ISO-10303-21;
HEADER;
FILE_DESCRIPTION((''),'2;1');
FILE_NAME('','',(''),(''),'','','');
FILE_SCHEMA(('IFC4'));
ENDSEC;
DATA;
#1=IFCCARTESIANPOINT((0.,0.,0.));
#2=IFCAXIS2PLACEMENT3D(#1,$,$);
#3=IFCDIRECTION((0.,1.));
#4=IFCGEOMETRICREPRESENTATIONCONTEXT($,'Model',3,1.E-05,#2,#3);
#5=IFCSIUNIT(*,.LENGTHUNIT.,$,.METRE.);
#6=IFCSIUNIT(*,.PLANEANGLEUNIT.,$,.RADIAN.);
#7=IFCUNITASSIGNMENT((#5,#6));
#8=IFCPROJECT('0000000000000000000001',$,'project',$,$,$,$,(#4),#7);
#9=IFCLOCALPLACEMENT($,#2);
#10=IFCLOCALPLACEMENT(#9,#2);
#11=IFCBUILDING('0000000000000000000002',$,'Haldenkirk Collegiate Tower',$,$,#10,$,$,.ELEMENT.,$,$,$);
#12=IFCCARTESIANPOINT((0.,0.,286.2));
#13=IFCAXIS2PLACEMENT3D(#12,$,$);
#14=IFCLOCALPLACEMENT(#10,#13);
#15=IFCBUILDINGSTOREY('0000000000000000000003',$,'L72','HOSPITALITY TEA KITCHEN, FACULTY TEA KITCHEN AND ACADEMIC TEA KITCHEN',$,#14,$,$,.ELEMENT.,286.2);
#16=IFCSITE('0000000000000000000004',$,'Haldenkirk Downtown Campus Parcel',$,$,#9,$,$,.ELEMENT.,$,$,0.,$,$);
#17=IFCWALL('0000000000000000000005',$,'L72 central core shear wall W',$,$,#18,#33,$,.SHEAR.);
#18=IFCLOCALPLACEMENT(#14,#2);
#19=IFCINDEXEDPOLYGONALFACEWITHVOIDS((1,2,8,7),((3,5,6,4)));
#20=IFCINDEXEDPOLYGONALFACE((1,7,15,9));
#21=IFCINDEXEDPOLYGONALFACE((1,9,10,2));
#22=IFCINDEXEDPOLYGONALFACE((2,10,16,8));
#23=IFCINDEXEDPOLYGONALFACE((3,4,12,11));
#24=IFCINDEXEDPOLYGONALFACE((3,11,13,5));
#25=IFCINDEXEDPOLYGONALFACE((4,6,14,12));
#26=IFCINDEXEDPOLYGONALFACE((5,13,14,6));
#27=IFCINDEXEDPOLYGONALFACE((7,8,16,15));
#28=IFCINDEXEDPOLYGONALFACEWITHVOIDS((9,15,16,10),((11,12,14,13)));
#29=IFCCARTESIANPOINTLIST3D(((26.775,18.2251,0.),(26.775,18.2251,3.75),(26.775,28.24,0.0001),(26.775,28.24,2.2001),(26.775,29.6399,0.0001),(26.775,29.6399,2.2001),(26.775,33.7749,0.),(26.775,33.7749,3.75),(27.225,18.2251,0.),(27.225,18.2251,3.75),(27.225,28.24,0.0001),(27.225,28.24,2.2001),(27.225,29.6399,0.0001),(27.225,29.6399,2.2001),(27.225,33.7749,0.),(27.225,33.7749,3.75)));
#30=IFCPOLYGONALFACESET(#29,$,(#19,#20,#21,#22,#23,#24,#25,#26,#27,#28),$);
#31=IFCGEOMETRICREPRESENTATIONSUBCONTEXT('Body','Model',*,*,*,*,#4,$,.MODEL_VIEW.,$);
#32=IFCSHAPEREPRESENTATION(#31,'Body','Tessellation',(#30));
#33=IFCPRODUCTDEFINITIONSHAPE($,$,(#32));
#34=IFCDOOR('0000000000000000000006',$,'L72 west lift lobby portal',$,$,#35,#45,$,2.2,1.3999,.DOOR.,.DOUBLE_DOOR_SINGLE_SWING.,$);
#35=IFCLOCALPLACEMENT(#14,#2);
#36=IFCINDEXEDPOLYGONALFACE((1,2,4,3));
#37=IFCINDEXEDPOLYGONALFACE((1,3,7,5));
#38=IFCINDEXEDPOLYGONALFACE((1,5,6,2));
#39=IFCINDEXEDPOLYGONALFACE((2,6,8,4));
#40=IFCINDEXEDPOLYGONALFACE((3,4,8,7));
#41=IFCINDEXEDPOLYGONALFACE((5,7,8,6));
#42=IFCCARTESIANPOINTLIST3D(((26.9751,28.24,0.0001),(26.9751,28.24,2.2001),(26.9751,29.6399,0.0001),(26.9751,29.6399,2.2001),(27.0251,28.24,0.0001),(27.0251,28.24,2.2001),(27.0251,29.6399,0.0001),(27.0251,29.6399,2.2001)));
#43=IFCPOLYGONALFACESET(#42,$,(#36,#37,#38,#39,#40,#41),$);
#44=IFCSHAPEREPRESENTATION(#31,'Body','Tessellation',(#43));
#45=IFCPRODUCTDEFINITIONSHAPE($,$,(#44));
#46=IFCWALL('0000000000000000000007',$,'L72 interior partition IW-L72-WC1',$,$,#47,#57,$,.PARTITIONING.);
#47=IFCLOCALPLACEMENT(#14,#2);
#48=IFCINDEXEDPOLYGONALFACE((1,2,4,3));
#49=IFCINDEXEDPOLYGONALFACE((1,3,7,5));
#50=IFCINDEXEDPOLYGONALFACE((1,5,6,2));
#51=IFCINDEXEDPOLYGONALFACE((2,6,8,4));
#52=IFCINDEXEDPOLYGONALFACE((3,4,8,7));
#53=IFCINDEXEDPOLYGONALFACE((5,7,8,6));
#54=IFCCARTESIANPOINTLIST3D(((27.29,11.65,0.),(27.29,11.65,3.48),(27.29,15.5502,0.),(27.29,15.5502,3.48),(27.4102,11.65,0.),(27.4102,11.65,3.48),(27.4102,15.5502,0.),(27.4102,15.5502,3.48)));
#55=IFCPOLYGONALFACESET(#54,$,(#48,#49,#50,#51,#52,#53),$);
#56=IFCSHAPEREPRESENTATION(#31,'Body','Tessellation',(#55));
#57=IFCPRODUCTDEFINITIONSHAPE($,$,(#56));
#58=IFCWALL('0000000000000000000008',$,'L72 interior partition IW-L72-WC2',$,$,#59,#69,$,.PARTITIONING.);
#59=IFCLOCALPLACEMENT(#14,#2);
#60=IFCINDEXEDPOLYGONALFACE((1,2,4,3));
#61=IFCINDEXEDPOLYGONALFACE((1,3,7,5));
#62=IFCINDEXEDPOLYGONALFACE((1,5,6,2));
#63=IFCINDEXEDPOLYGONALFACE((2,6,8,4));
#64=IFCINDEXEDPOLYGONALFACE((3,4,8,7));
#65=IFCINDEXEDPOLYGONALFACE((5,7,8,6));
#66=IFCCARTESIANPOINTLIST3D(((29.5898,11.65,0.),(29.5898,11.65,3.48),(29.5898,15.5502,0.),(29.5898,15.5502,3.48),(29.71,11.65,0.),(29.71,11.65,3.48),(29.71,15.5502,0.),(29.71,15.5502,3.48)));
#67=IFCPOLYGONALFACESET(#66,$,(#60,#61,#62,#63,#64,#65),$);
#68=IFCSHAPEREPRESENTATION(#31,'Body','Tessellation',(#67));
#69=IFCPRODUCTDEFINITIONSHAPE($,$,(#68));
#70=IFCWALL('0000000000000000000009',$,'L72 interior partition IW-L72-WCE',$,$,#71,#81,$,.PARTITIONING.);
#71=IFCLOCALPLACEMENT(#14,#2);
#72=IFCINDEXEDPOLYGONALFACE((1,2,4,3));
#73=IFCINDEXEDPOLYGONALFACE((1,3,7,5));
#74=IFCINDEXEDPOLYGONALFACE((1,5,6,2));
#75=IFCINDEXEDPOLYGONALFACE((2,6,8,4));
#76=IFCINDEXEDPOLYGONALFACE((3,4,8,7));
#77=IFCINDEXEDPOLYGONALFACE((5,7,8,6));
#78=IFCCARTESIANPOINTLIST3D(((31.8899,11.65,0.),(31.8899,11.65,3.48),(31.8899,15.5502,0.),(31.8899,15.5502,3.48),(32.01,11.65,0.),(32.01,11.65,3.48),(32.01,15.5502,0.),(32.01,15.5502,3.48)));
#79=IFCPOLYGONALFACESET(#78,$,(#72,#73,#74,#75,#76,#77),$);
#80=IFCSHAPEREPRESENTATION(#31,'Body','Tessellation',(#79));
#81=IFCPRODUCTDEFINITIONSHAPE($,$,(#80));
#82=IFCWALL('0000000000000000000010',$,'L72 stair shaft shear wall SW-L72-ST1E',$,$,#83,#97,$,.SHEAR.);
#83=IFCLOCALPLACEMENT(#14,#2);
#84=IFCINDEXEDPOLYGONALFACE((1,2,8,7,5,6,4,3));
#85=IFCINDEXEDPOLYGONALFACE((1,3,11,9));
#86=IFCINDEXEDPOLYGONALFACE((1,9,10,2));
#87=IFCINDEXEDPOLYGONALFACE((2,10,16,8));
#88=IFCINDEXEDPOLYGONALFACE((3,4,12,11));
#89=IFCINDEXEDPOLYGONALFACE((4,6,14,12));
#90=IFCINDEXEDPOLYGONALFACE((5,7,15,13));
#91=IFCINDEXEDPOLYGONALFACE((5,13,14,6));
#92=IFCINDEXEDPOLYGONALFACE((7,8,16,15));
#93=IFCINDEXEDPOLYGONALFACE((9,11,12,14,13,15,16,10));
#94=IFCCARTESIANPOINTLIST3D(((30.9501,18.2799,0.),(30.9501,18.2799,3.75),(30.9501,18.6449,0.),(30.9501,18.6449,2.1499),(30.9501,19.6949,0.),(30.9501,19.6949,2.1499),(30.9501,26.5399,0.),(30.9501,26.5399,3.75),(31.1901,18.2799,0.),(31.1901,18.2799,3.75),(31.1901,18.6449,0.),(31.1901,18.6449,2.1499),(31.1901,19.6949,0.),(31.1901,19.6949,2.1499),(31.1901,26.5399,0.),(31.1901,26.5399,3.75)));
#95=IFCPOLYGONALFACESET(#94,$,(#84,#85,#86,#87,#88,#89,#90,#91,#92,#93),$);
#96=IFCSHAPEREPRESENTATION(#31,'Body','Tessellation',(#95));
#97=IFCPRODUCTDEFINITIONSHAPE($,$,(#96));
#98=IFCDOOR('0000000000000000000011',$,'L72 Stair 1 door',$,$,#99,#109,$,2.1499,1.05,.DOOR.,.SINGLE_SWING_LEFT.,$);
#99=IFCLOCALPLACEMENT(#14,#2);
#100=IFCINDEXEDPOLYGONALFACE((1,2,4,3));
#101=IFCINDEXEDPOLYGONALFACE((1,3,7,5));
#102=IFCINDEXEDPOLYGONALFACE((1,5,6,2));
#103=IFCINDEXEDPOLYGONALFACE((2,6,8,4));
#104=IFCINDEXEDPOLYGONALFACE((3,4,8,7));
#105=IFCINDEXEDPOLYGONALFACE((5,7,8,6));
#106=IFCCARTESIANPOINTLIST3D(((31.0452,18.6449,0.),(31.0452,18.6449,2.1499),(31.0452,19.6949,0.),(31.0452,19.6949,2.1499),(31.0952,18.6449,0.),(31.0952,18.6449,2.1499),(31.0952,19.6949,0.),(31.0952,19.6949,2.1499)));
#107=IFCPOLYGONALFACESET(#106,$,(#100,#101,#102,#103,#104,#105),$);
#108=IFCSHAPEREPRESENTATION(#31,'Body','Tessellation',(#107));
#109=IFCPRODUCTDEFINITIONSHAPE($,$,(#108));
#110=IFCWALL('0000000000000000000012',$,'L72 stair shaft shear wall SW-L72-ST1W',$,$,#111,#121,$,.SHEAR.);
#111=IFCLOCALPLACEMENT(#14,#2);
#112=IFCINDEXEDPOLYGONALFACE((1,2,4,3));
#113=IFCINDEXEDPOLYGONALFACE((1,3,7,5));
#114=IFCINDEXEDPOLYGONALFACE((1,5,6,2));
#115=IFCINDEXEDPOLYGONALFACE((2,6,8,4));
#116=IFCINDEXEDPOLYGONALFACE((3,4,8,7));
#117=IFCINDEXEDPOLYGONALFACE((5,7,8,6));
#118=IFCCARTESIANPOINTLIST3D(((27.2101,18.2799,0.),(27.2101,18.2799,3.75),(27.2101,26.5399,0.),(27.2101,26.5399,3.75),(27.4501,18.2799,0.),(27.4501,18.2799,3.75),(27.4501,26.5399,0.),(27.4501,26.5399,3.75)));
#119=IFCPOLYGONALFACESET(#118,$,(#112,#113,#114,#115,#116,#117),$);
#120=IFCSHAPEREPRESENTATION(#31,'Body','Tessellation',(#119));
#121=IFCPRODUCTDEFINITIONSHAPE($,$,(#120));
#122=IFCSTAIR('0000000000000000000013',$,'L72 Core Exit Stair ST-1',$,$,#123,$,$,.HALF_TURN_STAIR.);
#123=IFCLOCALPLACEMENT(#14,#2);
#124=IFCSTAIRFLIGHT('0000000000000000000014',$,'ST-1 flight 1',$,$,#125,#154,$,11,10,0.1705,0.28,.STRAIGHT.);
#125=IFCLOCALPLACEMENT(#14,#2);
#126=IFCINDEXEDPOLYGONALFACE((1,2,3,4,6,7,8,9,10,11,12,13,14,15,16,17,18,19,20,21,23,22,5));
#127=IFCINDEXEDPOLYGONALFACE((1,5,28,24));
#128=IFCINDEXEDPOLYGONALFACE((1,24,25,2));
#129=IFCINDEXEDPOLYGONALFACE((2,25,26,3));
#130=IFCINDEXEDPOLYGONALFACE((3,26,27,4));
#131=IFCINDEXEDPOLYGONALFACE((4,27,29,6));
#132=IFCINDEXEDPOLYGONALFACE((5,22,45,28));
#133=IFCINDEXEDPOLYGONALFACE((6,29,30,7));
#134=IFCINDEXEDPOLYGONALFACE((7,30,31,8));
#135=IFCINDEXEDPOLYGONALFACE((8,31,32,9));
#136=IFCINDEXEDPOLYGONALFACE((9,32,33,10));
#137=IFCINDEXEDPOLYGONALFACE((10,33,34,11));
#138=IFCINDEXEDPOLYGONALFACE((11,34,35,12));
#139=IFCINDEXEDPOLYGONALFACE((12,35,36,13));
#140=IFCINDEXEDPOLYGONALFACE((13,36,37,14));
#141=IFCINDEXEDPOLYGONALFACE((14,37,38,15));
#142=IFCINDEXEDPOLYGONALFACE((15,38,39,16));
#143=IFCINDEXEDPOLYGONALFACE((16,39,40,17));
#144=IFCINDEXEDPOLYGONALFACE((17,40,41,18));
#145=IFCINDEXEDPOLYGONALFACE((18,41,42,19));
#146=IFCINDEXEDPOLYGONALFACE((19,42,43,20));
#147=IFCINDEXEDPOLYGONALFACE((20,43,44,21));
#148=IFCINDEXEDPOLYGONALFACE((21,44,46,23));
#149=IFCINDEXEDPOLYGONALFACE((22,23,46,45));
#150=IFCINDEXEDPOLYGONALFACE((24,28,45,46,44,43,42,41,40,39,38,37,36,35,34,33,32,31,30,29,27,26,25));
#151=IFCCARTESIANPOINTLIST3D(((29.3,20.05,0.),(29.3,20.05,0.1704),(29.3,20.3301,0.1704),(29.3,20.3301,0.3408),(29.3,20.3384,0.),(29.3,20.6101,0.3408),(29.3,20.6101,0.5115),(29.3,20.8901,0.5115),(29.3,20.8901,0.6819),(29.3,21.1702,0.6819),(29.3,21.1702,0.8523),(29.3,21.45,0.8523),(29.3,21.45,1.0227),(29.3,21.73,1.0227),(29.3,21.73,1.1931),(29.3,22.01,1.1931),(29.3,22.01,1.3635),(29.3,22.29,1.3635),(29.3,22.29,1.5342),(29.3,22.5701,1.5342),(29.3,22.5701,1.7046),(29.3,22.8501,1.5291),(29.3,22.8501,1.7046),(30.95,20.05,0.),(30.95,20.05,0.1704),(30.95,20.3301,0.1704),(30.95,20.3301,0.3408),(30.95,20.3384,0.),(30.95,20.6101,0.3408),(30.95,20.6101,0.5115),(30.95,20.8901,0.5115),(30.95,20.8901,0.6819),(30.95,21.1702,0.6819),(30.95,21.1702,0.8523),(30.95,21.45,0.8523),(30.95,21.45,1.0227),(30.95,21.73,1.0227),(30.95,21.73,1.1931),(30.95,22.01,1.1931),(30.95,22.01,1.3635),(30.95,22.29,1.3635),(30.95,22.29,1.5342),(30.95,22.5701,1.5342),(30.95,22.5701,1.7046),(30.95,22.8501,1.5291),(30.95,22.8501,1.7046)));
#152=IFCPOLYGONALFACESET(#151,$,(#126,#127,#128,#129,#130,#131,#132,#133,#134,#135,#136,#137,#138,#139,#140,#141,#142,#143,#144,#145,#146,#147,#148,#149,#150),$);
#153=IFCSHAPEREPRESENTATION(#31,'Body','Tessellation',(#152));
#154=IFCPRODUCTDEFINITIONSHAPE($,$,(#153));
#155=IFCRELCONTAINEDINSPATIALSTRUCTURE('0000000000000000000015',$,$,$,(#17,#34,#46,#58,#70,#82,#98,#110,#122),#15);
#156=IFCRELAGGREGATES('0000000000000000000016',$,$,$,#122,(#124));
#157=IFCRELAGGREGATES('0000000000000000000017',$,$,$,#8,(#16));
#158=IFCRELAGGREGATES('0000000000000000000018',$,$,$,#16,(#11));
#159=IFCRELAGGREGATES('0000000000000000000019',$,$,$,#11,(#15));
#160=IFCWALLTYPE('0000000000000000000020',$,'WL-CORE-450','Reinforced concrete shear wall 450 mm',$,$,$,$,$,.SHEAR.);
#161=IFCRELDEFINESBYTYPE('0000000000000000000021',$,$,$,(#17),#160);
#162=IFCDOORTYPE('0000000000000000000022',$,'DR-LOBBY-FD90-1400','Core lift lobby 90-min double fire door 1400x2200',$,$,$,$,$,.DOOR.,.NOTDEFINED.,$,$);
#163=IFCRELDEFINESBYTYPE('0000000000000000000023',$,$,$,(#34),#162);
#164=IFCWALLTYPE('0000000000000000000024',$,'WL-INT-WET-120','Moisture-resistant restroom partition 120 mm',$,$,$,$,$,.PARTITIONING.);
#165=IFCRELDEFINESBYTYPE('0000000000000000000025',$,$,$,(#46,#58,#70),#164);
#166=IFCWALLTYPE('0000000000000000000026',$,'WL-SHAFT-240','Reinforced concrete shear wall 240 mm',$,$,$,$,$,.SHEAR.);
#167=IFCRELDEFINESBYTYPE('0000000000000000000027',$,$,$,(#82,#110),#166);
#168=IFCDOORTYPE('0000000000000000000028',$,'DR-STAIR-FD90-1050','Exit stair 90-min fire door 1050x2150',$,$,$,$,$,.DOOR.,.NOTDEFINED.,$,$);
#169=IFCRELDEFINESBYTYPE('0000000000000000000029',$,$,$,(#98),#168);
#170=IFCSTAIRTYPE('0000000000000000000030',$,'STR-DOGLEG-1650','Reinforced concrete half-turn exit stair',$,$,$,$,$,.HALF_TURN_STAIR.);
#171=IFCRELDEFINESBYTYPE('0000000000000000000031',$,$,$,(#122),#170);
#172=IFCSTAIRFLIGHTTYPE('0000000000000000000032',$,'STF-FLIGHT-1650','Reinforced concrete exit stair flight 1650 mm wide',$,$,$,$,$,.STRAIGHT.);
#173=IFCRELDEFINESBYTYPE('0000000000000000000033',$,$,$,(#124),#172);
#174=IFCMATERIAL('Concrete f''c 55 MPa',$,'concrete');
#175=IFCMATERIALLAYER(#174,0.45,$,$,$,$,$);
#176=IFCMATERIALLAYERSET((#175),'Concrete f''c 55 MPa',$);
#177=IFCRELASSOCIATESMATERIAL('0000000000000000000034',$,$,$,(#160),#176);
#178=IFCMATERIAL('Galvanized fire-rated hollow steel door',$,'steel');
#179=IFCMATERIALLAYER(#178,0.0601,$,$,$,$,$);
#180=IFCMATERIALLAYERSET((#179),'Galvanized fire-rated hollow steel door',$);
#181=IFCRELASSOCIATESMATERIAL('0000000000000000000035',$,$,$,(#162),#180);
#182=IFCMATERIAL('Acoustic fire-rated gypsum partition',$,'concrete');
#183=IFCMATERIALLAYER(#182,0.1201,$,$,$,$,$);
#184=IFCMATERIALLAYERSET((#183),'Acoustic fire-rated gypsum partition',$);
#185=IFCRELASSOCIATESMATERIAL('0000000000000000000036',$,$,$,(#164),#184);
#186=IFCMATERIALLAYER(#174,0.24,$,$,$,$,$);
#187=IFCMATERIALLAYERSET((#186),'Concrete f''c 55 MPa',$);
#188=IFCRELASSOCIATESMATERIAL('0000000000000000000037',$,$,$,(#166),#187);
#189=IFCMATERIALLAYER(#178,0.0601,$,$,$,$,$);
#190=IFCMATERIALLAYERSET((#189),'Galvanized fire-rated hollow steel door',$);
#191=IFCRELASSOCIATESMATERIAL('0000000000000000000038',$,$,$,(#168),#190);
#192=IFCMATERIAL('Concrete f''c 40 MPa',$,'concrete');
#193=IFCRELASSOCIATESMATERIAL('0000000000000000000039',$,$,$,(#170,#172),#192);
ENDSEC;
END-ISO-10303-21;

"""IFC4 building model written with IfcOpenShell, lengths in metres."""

from ifc_helpers import new_model, si_unit, direction, frame, frame_2d, origin, place, context, subcontext, project, spatial, polyline, rectangle, outline, extrude, material, layer, layer_set, type_object, element, fill, aggregate, save


model = new_model("IFC4")

# Units and contexts
model_context = context("Model", 3, precision=1e-05, world=origin(), true_north=direction((0.0, 1.0)))
body_context = subcontext(model_context, "Body", "Model", "MODEL_VIEW")
ifc_project = project(units=[si_unit("LENGTHUNIT", "METRE"), si_unit("PLANEANGLEUNIT", "RADIAN")], contexts=[model_context])

# Site, building, storey
site_placement = place(None, origin())
site = spatial("IfcSite", under=ifc_project, at=site_placement, Name="Haldenkirk Downtown Campus Parcel", CompositionType="ELEMENT", RefElevation=0.0)
building_placement = place(site_placement, origin())
building = spatial("IfcBuilding", under=site, at=building_placement, Name="Haldenkirk Collegiate Tower", CompositionType="ELEMENT")
storey_placement = place(building_placement, frame((0.0, 0.0, 286.2)))
storey = spatial("IfcBuildingStorey", under=building, at=storey_placement, Name="L72", Description="HOSPITALITY TEA KITCHEN, FACULTY TEA KITCHEN AND ACADEMIC TEA KITCHEN", CompositionType="ELEMENT", Elevation=286.2)

# Wall, opening, door
ifc_material_1 = material(Name="Concrete f'c 55 MPa", Category="concrete")
ifc_layer_1 = layer(ifc_material_1, 0.45)
ifc_layer_set_1 = layer_set([ifc_layer_1], Name="Concrete f'c 55 MPa")
wall_type_1 = type_object("IfcWallType", Name="WL-CORE-450", Description="Reinforced concrete shear wall 450 mm", PredefinedType="SHEAR", material=ifc_layer_set_1)
wall_1_placement = place(storey_placement, frame((27.0, 18.2251, 0.0), z_axis=(0.0, 0.0, 1.0), x_axis=(0.0, 1.0, 0.0)))
wall_1 = element("IfcWall", 1, at=wall_1_placement, inside=storey, type_object=wall_type_1, Name="L72 central core shear wall W", PredefinedType="SHEAR", context=body_context, shape_type="SweptSolid", body=[
    extrude(rectangle(XDim=15.5498, YDim=0.45, at=frame_2d((7.7749, 0.0))), origin(), (0.0, 0.0, 1.0), 3.75),
])
opening_1_placement = place(wall_1_placement, frame((10.0149, 0.0, 0.0)))
opening_1 = element("IfcOpeningElement", 2, at=opening_1_placement, cuts=wall_1, PredefinedType="OPENING", context=body_context, shape_type="SweptSolid", body=[
    extrude(rectangle(XDim=1.3999, YDim=2.2, at=frame_2d((0.7, 1.1001))), frame((0.0, 0.2349, 0.0), z_axis=(0.0, -1.0, 0.0), x_axis=(1.0, 0.0, 0.0)), (0.0, 0.0, 1.0), 0.47),
])
ifc_material_2 = material(Name="Galvanized fire-rated hollow steel door", Category="steel")
ifc_layer_2 = layer(ifc_material_2, 0.0601)
ifc_layer_set_2 = layer_set([ifc_layer_2], Name="Galvanized fire-rated hollow steel door")
door_type_1 = type_object("IfcDoorType", Name="DR-LOBBY-FD90-1400", Description="Core lift lobby 90-min double fire door 1400x2200", OperationType="NOTDEFINED", PredefinedType="DOOR", material=ifc_layer_set_2)
door_1_placement = place(opening_1_placement, origin())
door_1 = element("IfcDoor", 3, at=door_1_placement, inside=storey, type_object=door_type_1, Name="L72 west lift lobby portal", OperationType="DOUBLE_DOOR_SINGLE_SWING", OverallHeight=2.2, OverallWidth=1.3999, PredefinedType="DOOR", context=body_context, shape_type="SweptSolid", body=[
    extrude(rectangle(XDim=1.3999, YDim=2.2, at=frame_2d((0.7, 1.1001))), frame((0.0, 0.0249, 0.0), z_axis=(0.0, -1.0, 0.0), x_axis=(1.0, 0.0, 0.0)), (0.0, 0.0, 1.0), 0.05),
])
fill(opening_1, door_1)

# Walls
ifc_material_3 = material(Name="Acoustic fire-rated gypsum partition", Category="concrete")
ifc_layer_3 = layer(ifc_material_3, 0.1201)
ifc_layer_set_3 = layer_set([ifc_layer_3], Name="Acoustic fire-rated gypsum partition")
wall_type_2 = type_object("IfcWallType", Name="WL-INT-WET-120", Description="Moisture-resistant restroom partition 120 mm", PredefinedType="PARTITIONING", material=ifc_layer_set_3)
for number, where, z_axis, x_axis, name in (
    (4, (27.3501, 11.6499, 0.0), (0.0, 0.0, 1.0), (0.0, 1.0, 0.0), "L72 interior partition IW-L72-WC1"),
    (5, (29.6499, 11.6499, 0.0), (0.0, 0.0, 1.0), (0.0, 1.0, 0.0), "L72 interior partition IW-L72-WC2"),
    (6, (31.95, 11.6499, 0.0), (0.0, 0.0, 1.0), (0.0, 1.0, 0.0), "L72 interior partition IW-L72-WCE"),
):
    element("IfcWall", number, at=place(storey_placement, frame(where, z_axis=z_axis, x_axis=x_axis)), inside=storey, type_object=wall_type_2, Name=name, PredefinedType="PARTITIONING", context=body_context, shape_type="SweptSolid", body=[
        extrude(rectangle(XDim=3.9001, YDim=0.1201, at=frame_2d((1.9502, 0.0))), origin(), (0.0, 0.0, 1.0), 3.48),
    ])

# Wall, opening, door
ifc_layer_4 = layer(ifc_material_1, 0.24)
ifc_layer_set_4 = layer_set([ifc_layer_4], Name="Concrete f'c 55 MPa")
wall_type_3 = type_object("IfcWallType", Name="WL-SHAFT-240", Description="Reinforced concrete shear wall 240 mm", PredefinedType="SHEAR", material=ifc_layer_set_4)
wall_2_placement = place(storey_placement, frame((31.0701, 18.28, 0.0), z_axis=(0.0, 0.0, 1.0), x_axis=(0.0, 1.0, 0.0)))
wall_2 = element("IfcWall", 7, at=wall_2_placement, inside=storey, type_object=wall_type_3, Name="L72 stair shaft shear wall SW-L72-ST1E", PredefinedType="SHEAR", context=body_context, shape_type="SweptSolid", body=[
    extrude(rectangle(XDim=8.26, YDim=0.24, at=frame_2d((4.1299, 0.0))), origin(), (0.0, 0.0, 1.0), 3.75),
])
opening_2_placement = place(wall_2_placement, frame((0.365, 0.0, 0.0)))
opening_2 = element("IfcOpeningElement", 8, at=opening_2_placement, cuts=wall_2, PredefinedType="OPENING", context=body_context, shape_type="SweptSolid", body=[
    extrude(rectangle(XDim=1.05, YDim=2.1499, at=frame_2d((0.5249, 1.075))), frame((0.0, 0.1299, 0.0), z_axis=(0.0, -1.0, 0.0), x_axis=(1.0, 0.0, 0.0)), (0.0, 0.0, 1.0), 0.26),
])
ifc_layer_5 = layer(ifc_material_2, 0.0601)
ifc_layer_set_5 = layer_set([ifc_layer_5], Name="Galvanized fire-rated hollow steel door")
door_type_2 = type_object("IfcDoorType", Name="DR-STAIR-FD90-1050", Description="Exit stair 90-min fire door 1050x2150", OperationType="NOTDEFINED", PredefinedType="DOOR", material=ifc_layer_set_5)
door_2_placement = place(opening_2_placement, origin())
door_2 = element("IfcDoor", 9, at=door_2_placement, inside=storey, type_object=door_type_2, Name="L72 Stair 1 door", OperationType="SINGLE_SWING_LEFT", OverallHeight=2.1499, OverallWidth=1.05, PredefinedType="DOOR", context=body_context, shape_type="SweptSolid", body=[
    extrude(rectangle(XDim=1.05, YDim=2.1499, at=frame_2d((0.5249, 1.075))), frame((0.0, 0.0249, 0.0), z_axis=(0.0, -1.0, 0.0), x_axis=(1.0, 0.0, 0.0)), (0.0, 0.0, 1.0), 0.05),
])
fill(opening_2, door_2)

# Wall
wall_3_placement = place(storey_placement, frame((27.3301, 18.28, 0.0), z_axis=(0.0, 0.0, 1.0), x_axis=(0.0, 1.0, 0.0)))
element("IfcWall", 10, at=wall_3_placement, inside=storey, type_object=wall_type_3, Name="L72 stair shaft shear wall SW-L72-ST1W", PredefinedType="SHEAR", context=body_context, shape_type="SweptSolid", body=[
    extrude(rectangle(XDim=8.26, YDim=0.24, at=frame_2d((4.1299, 0.0))), origin(), (0.0, 0.0, 1.0), 3.75),
])

# Stair, stair flight
ifc_material_4 = material(Name="Concrete f'c 40 MPa", Category="concrete")
stair_type = type_object("IfcStairType", Name="STR-DOGLEG-1650", Description="Reinforced concrete half-turn exit stair", PredefinedType="HALF_TURN_STAIR", material=ifc_material_4)
stair_placement = place(storey_placement, origin())
stair = element("IfcStair", 11, at=stair_placement, inside=storey, type_object=stair_type, Name="L72 Core Exit Stair ST-1", PredefinedType="HALF_TURN_STAIR")
stair_flight_type = type_object("IfcStairFlightType", Name="STF-FLIGHT-1650", Description="Reinforced concrete exit stair flight 1650 mm wide", PredefinedType="STRAIGHT", material=ifc_material_4)
stair_flight_placement = place(storey_placement, frame((30.125, 20.05, 0.0), z_axis=(0.0, 0.0, 1.0), x_axis=(0.0, 1.0, 0.0)))
stair_flight = element("IfcStairFlight", 12, at=stair_flight_placement, type_object=stair_flight_type, Name="ST-1 flight 1", NumberOfRisers=11, NumberOfTreads=10, PredefinedType="STRAIGHT", RiserHeight=0.1705, TreadLength=0.28, context=body_context, shape_type="SweptSolid", body=[
    extrude(outline(polyline([(0.0, 0.0), (0.0, 0.1704), (0.28, 0.1704), (0.28, 0.3408), (0.5601, 0.3408), (0.5601, 0.5115), (0.8401, 0.5115), (0.8401, 0.6819), (1.1201, 0.6819), (1.1201, 0.8523), (1.3999, 0.8523), (1.3999, 1.0227), (1.6799, 1.0227), (1.6799, 1.1931), (1.96, 1.1931), (1.96, 1.3635), (2.24, 1.3635), (2.24, 1.5342), (2.52, 1.5342), (2.52, 1.7046), (2.8, 1.7046), (2.8, 1.875), (2.8, 1.5291), (0.2883, 0.0), (0.0, 0.0)])), frame((0.0, 0.825, 0.0), z_axis=(0.0, -1.0, 0.0), x_axis=(1.0, 0.0, 0.0)), (0.0, 0.0, 1.0), 1.6499),
])
aggregate(stair, [stair_flight])

save(model, "model.ifc")
